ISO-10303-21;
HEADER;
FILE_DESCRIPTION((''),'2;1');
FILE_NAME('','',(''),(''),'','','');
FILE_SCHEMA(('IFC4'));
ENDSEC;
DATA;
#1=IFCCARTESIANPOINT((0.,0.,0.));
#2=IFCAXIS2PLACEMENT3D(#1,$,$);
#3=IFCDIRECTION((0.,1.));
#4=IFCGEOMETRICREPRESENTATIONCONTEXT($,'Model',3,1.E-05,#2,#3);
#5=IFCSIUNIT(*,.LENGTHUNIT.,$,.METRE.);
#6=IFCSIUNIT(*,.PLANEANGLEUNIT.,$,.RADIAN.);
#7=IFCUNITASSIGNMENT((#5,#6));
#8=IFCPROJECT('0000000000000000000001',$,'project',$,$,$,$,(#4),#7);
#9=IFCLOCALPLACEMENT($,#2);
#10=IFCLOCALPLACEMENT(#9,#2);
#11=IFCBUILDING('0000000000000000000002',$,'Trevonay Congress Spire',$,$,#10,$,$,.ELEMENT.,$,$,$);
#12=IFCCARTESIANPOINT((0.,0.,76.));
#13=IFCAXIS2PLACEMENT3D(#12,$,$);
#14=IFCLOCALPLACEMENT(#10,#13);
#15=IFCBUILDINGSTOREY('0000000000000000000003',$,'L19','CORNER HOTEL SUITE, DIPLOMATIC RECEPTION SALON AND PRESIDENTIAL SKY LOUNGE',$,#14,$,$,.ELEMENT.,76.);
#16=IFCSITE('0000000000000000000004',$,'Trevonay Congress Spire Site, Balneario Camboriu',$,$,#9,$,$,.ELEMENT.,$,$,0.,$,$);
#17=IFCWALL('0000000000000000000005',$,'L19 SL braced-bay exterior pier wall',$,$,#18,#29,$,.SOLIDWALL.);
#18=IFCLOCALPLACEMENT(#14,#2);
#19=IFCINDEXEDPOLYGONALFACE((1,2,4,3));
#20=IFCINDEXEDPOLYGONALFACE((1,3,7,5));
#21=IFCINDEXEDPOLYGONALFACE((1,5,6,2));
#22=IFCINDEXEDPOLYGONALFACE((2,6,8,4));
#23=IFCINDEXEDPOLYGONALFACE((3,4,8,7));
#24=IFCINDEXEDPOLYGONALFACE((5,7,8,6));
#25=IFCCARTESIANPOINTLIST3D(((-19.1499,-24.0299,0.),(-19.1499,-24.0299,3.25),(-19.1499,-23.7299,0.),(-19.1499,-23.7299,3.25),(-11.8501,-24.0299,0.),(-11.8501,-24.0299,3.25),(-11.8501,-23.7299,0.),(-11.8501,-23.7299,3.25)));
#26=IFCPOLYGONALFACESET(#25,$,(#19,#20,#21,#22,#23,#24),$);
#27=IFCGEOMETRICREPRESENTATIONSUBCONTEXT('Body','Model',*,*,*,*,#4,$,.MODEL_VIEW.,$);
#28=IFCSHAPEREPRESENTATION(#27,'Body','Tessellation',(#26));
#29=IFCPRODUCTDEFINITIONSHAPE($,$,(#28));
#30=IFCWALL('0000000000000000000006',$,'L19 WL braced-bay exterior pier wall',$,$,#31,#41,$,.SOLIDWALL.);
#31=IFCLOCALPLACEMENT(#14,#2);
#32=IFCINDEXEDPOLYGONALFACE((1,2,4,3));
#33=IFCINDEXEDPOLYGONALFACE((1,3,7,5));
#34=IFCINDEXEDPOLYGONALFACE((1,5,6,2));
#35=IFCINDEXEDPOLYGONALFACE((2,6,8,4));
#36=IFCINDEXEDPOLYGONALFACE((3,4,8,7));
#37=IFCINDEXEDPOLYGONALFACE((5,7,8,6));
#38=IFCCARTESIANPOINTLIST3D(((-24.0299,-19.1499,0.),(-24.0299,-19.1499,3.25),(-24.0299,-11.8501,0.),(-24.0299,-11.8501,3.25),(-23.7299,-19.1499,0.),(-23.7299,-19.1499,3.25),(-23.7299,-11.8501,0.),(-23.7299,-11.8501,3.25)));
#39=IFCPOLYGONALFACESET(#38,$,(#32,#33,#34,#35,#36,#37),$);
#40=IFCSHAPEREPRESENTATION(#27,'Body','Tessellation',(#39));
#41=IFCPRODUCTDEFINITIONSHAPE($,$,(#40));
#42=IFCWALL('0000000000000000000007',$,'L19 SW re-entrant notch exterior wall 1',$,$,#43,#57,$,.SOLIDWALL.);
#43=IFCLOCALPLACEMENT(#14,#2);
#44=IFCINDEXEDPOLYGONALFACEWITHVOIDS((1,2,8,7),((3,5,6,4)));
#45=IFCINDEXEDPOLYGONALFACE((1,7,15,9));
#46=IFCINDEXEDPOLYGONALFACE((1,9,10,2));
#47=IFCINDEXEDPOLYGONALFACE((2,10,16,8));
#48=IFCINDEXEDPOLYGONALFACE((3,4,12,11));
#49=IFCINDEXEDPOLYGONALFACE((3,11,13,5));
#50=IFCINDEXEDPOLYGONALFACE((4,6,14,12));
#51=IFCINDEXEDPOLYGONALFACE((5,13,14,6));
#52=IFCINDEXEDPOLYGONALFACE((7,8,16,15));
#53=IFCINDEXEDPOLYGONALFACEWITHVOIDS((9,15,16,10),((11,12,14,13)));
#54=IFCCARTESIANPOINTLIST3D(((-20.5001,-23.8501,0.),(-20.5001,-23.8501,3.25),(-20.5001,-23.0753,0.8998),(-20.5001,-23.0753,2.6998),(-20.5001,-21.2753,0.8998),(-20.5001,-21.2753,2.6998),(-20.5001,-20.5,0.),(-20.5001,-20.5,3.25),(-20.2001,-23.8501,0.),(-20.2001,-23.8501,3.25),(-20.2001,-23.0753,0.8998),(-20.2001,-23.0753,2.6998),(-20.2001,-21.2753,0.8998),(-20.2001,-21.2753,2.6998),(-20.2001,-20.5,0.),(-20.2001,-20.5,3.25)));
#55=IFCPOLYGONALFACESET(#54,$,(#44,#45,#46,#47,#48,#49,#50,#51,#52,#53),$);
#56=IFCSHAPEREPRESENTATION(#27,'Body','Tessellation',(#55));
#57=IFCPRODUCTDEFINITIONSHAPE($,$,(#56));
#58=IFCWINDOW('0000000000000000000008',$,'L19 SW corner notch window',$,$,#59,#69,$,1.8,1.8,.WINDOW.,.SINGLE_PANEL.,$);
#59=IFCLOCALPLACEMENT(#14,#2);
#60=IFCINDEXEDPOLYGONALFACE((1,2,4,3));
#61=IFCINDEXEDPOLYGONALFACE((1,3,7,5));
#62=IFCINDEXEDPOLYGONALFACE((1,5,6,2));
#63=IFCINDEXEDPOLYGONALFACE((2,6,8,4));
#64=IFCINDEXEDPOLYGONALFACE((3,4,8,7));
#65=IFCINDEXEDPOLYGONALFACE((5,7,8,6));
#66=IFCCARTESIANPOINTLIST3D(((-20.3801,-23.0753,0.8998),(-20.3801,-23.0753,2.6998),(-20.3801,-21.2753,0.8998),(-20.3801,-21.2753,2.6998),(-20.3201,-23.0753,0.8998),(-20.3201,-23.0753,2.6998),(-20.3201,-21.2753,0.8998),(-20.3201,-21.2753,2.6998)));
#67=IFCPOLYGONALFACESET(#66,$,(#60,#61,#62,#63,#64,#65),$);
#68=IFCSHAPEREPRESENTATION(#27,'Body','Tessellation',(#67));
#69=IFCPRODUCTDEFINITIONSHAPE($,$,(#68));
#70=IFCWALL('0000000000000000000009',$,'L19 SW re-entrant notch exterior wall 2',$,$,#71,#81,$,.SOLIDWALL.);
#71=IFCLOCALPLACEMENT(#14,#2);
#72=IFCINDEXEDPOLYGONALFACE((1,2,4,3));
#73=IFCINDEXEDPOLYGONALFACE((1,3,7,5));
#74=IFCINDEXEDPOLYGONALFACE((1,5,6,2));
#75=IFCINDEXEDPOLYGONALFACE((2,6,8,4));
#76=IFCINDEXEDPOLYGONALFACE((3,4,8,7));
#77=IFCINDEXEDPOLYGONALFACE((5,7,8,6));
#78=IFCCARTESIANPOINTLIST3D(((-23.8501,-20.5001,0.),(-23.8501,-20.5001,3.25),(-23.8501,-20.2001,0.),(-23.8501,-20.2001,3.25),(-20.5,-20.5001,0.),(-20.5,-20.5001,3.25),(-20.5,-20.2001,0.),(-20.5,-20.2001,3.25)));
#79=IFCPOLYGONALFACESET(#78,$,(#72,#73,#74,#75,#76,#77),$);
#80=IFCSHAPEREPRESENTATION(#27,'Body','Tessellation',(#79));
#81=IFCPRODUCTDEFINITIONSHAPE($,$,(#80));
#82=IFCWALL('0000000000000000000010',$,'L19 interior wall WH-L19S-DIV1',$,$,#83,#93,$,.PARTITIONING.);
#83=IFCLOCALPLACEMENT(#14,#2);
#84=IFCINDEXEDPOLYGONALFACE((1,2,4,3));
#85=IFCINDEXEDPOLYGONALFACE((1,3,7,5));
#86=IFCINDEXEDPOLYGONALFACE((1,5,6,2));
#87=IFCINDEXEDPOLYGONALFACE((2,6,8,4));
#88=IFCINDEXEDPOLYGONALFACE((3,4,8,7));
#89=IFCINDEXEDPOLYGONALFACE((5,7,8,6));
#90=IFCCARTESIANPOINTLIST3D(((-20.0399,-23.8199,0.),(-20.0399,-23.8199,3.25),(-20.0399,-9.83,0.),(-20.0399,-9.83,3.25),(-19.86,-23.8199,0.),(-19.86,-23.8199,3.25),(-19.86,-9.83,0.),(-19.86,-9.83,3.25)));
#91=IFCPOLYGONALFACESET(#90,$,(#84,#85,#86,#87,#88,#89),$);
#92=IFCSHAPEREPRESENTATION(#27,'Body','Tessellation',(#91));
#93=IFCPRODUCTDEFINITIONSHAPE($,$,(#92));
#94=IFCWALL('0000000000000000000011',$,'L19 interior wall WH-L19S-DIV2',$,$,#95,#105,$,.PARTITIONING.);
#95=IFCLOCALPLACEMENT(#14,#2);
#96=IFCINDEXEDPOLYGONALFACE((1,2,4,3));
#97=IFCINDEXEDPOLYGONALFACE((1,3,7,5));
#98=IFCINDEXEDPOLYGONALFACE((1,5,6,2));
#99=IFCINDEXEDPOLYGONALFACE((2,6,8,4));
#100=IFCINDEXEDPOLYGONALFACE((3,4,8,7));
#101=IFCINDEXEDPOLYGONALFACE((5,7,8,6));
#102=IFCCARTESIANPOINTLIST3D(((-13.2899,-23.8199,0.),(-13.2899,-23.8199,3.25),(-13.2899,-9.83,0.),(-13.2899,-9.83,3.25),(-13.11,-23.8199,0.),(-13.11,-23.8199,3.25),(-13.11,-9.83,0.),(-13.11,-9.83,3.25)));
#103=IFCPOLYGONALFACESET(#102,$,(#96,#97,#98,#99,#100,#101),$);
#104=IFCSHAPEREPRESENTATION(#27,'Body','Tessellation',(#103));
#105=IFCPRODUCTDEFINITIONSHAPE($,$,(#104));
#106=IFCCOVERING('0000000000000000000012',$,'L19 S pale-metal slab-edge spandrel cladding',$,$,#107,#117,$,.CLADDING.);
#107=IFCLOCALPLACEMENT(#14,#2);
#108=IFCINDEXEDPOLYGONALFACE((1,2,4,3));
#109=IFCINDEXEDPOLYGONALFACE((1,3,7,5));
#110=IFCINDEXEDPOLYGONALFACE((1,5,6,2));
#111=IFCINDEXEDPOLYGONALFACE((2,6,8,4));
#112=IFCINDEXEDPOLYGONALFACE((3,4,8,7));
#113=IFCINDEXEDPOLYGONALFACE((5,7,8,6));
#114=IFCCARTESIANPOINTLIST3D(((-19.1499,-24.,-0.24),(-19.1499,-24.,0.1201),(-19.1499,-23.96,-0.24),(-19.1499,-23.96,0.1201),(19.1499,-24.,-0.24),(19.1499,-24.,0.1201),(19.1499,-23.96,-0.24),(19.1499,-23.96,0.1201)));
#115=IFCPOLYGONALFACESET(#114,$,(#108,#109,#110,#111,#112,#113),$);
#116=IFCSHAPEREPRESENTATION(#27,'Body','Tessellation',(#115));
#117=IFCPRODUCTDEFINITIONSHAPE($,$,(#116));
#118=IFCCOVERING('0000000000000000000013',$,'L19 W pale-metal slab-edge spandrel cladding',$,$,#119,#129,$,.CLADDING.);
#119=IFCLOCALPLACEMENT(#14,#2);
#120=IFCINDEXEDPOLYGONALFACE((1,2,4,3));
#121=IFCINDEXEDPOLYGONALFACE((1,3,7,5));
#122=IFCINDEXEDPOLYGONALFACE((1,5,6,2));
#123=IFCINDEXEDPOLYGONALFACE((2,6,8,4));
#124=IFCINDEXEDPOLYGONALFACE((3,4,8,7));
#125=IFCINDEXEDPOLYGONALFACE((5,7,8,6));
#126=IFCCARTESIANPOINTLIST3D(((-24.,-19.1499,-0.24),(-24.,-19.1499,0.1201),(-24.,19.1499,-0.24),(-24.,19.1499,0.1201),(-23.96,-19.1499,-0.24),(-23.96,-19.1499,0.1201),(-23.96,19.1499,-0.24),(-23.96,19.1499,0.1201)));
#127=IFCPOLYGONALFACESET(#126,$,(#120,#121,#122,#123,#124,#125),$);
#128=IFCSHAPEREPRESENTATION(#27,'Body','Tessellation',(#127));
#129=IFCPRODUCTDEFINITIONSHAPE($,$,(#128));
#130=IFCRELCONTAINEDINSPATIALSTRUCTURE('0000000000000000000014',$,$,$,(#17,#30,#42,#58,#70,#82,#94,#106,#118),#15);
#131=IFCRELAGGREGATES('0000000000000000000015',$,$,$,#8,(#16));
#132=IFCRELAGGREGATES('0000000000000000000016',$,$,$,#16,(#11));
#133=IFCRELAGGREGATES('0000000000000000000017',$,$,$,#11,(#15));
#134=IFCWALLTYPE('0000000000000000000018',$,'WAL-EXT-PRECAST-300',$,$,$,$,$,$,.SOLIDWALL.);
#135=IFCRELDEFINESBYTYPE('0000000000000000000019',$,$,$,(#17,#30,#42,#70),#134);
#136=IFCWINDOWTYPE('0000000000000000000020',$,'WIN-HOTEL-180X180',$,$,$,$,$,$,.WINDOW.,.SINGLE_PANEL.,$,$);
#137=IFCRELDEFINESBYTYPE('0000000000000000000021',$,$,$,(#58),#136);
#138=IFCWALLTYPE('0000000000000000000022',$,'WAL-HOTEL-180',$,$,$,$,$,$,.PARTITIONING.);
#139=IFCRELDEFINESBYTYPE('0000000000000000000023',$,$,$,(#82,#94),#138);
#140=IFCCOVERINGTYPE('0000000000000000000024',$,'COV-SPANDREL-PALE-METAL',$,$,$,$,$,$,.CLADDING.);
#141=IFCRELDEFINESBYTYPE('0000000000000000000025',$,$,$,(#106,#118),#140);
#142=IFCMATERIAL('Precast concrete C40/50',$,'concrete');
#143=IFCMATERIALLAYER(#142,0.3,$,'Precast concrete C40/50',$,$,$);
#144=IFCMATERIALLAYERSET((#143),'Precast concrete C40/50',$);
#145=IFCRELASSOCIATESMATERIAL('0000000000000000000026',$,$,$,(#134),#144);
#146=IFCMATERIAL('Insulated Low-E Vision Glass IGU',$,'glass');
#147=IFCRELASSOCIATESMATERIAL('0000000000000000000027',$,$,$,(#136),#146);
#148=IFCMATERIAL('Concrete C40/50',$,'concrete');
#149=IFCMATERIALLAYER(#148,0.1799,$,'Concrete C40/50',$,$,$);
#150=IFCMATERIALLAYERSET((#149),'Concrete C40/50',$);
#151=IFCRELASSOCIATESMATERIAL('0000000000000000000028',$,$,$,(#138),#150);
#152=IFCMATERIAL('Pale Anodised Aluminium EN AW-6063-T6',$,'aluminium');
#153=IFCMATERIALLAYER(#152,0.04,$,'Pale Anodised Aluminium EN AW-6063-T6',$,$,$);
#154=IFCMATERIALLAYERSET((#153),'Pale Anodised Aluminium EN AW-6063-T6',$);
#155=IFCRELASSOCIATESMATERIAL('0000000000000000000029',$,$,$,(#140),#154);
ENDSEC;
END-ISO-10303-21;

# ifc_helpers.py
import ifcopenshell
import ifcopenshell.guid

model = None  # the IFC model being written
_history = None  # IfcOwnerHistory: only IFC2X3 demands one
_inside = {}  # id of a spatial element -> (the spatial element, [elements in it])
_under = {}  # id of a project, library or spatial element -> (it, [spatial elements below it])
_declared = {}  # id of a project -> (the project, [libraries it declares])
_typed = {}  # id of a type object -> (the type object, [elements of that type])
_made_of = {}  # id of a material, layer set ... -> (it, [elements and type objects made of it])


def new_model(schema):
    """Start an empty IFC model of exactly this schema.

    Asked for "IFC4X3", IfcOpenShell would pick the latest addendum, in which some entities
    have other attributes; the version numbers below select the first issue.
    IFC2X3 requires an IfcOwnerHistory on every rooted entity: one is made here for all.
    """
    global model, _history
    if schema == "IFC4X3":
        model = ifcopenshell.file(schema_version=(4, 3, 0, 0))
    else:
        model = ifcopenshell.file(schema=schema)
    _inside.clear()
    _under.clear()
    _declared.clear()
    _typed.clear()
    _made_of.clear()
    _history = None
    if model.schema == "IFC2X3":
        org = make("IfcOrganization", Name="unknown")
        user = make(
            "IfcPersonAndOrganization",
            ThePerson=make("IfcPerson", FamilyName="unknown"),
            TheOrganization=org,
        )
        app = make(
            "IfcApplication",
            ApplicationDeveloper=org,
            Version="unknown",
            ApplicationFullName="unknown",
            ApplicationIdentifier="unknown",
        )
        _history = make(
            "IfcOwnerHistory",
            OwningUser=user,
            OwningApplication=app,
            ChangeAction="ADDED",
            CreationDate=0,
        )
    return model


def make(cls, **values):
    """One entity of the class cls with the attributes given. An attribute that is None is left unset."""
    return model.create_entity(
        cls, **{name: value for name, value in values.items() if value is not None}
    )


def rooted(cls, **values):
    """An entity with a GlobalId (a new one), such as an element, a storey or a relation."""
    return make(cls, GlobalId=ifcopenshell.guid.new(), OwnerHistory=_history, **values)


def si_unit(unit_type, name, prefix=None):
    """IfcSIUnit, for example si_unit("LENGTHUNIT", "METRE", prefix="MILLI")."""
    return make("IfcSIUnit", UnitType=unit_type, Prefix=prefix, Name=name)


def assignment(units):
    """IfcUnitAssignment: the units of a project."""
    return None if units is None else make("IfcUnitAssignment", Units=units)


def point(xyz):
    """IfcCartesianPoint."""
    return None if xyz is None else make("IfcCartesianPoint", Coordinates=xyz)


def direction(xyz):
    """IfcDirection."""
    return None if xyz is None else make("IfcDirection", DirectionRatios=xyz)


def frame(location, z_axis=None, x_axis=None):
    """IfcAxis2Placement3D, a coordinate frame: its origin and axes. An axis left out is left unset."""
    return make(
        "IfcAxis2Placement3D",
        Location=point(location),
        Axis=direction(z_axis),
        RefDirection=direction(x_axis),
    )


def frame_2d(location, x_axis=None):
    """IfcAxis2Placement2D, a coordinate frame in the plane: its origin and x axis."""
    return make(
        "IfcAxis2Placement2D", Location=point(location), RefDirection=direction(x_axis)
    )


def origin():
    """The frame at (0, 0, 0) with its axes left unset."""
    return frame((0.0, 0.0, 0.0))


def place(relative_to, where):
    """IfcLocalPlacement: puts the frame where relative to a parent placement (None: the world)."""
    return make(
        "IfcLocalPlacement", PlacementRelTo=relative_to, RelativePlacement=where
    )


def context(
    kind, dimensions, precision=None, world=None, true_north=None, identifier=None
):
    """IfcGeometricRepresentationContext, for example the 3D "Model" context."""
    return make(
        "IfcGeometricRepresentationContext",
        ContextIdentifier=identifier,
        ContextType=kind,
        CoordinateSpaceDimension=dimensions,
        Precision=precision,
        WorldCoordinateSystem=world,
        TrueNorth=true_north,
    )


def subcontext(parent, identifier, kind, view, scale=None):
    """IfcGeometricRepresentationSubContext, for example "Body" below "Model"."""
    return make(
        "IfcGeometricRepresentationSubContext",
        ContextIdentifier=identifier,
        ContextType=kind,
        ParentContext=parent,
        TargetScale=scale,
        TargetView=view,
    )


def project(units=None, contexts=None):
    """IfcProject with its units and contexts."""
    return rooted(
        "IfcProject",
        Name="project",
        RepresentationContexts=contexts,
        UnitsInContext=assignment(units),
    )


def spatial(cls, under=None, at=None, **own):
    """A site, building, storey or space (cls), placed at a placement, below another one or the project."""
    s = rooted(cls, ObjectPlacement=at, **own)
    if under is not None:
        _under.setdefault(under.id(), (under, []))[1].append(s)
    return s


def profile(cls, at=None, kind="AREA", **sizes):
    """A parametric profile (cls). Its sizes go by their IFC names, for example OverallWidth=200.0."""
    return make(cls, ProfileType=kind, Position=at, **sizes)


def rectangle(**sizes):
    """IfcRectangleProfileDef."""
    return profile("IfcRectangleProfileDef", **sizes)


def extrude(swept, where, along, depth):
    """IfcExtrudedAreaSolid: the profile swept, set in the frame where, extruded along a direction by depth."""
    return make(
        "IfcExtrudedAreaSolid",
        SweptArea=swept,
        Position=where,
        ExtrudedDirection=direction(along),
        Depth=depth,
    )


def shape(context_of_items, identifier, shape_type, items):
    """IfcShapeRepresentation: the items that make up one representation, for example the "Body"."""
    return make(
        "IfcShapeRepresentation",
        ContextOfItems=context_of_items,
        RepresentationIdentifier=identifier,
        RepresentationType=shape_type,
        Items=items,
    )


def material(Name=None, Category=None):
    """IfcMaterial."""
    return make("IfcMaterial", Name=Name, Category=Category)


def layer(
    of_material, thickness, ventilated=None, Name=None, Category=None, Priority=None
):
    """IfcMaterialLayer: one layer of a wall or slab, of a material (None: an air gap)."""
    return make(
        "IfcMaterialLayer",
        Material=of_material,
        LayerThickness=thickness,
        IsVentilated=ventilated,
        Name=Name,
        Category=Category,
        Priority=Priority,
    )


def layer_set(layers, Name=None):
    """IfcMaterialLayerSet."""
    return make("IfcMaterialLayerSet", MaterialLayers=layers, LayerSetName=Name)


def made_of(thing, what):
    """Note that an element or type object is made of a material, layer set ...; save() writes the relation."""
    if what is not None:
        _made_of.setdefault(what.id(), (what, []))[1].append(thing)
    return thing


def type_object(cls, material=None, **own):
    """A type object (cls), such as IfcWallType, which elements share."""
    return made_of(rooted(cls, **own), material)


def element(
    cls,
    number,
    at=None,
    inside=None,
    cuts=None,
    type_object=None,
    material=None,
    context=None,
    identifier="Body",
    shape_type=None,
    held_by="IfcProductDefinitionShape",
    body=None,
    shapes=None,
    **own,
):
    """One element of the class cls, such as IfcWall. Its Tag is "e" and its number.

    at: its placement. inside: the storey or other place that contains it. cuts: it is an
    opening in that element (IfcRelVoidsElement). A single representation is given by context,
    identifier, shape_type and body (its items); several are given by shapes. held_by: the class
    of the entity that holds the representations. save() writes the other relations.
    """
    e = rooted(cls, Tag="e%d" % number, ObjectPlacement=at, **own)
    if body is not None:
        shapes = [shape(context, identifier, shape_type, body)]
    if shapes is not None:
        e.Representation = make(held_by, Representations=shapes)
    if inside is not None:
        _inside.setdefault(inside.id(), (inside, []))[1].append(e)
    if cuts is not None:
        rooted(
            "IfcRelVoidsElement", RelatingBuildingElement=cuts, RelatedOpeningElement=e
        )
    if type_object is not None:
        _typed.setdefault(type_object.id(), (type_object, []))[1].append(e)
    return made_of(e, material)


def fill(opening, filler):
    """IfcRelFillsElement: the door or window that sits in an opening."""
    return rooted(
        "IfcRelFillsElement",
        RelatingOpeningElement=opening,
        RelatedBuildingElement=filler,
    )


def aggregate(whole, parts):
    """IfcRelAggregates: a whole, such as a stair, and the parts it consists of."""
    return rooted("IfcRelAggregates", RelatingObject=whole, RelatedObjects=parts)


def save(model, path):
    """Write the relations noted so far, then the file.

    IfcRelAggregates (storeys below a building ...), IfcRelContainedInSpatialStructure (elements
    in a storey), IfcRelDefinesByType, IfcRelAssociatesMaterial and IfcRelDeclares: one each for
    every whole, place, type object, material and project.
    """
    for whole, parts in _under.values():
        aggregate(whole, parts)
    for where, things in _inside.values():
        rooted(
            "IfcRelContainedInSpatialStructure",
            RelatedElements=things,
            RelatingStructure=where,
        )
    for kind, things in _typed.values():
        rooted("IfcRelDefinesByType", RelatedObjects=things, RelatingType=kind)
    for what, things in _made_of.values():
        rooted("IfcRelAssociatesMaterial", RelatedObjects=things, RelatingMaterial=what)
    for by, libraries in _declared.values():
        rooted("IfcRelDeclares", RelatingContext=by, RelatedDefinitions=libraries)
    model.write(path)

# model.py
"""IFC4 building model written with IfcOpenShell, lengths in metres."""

from ifc_helpers import new_model, si_unit, direction, frame, frame_2d, origin, place, context, subcontext, project, spatial, rectangle, extrude, material, layer, layer_set, type_object, element, fill, save


model = new_model("IFC4")

# Units and contexts
model_context = context("Model", 3, precision=1e-05, world=origin(), true_north=direction((0.0, 1.0)))
body_context = subcontext(model_context, "Body", "Model", "MODEL_VIEW")
ifc_project = project(units=[si_unit("LENGTHUNIT", "METRE"), si_unit("PLANEANGLEUNIT", "RADIAN")], contexts=[model_context])

# Site, building, storey
site_placement = place(None, origin())
site = spatial("IfcSite", under=ifc_project, at=site_placement, Name="Trevonay Congress Spire Site, Balneario Camboriu", CompositionType="ELEMENT", RefElevation=0.0)
building_placement = place(site_placement, origin())
building = spatial("IfcBuilding", under=site, at=building_placement, Name="Trevonay Congress Spire", CompositionType="ELEMENT")
storey_placement = place(building_placement, frame((0.0, 0.0, 76.0)))
storey = spatial("IfcBuildingStorey", under=building, at=storey_placement, Name="L19", Description="CORNER HOTEL SUITE, DIPLOMATIC RECEPTION SALON AND PRESIDENTIAL SKY LOUNGE", CompositionType="ELEMENT", Elevation=76.0)

# Walls
ifc_material_1 = material(Name="Concrete C40/50", Category="concrete")
ifc_material_2 = material(Name="Precast concrete C40/50", Category="concrete")
ifc_layer_1 = layer(ifc_material_2, 0.3, Name="Precast concrete C40/50")
ifc_layer_set_1 = layer_set([ifc_layer_1], Name="Precast concrete C40/50")
wall_type_1 = type_object("IfcWallType", Name="WAL-EXT-PRECAST-300", PredefinedType="SOLIDWALL", material=ifc_layer_set_1)
for number, where, z_axis, x_axis, name in (
    (1, (-19.1499, -23.8799, 0.0), (0.0, 0.0, 1.0), (1.0, 0.0, 0.0), "L19 SL braced-bay exterior pier wall"),
    (2, (-23.8799, -19.1499, 0.0), (0.0, 0.0, 1.0), (0.0, 1.0, 0.0), "L19 WL braced-bay exterior pier wall"),
):
    element("IfcWall", number, at=place(storey_placement, frame(where, z_axis=z_axis, x_axis=x_axis)), inside=storey, type_object=wall_type_1, Name=name, PredefinedType="SOLIDWALL", context=body_context, shape_type="SweptSolid", body=[
        extrude(rectangle(XDim=7.2998, YDim=0.3, at=frame_2d((3.6499, 0.0))), origin(), (0.0, 0.0, 1.0), 3.25),
    ])

# Wall, opening, window
wall_1_placement = place(storey_placement, frame((-20.3501, -23.8501, 0.0), z_axis=(0.0, 0.0, 1.0), x_axis=(0.0, 1.0, 0.0)))
wall_1 = element("IfcWall", 3, at=wall_1_placement, inside=storey, type_object=wall_type_1, Name="L19 SW re-entrant notch exterior wall 1", PredefinedType="SOLIDWALL", context=body_context, shape_type="SweptSolid", body=[
    extrude(rectangle(XDim=3.3501, YDim=0.3, at=frame_2d((1.675, 0.0))), origin(), (0.0, 0.0, 1.0), 3.25),
])
opening_placement = place(wall_1_placement, frame((0.7749, 0.0, 0.8999)))
opening = element("IfcOpeningElement", 4, at=opening_placement, cuts=wall_1, PredefinedType="OPENING", context=body_context, shape_type="SweptSolid", body=[
    extrude(rectangle(XDim=1.8, YDim=1.8, at=frame_2d((0.8999, 0.8999))), frame((0.0, 0.1602, 0.0), z_axis=(0.0, -1.0, 0.0), x_axis=(1.0, 0.0, 0.0)), (0.0, 0.0, 1.0), 0.3201),
])
ifc_material_3 = material(Name="Insulated Low-E Vision Glass IGU", Category="glass")
window_type = type_object("IfcWindowType", Name="WIN-HOTEL-180X180", PartitioningType="SINGLE_PANEL", PredefinedType="WINDOW", material=ifc_material_3)
window_placement = place(opening_placement, origin())
window = element("IfcWindow", 5, at=window_placement, inside=storey, type_object=window_type, Name="L19 SW corner notch window", OverallHeight=1.8, OverallWidth=1.8, PartitioningType="SINGLE_PANEL", PredefinedType="WINDOW", context=body_context, shape_type="SweptSolid", body=[
    extrude(rectangle(XDim=1.8, YDim=1.8, at=frame_2d((0.8999, 0.8999))), frame((0.0, 0.03, 0.0), z_axis=(0.0, -1.0, 0.0), x_axis=(1.0, 0.0, 0.0)), (0.0, 0.0, 1.0), 0.0601),
])
fill(opening, window)

# Walls
wall_2_placement = place(storey_placement, frame((-23.8501, -20.3501, 0.0), z_axis=(0.0, 0.0, 1.0), x_axis=(1.0, 0.0, 0.0)))
element("IfcWall", 6, at=wall_2_placement, inside=storey, type_object=wall_type_1, Name="L19 SW re-entrant notch exterior wall 2", PredefinedType="SOLIDWALL", context=body_context, shape_type="SweptSolid", body=[
    extrude(rectangle(XDim=3.3501, YDim=0.3, at=frame_2d((1.675, 0.0))), origin(), (0.0, 0.0, 1.0), 3.25),
])
ifc_layer_2 = layer(ifc_material_1, 0.1799, Name="Concrete C40/50")
ifc_layer_set_2 = layer_set([ifc_layer_2], Name="Concrete C40/50")
wall_type_2 = type_object("IfcWallType", Name="WAL-HOTEL-180", PredefinedType="PARTITIONING", material=ifc_layer_set_2)
for number, where, z_axis, x_axis, name in (
    (7, (-19.95, -23.8201, 0.0), (0.0, 0.0, 1.0), (0.0, 1.0, 0.0), "L19 interior wall WH-L19S-DIV1"),
    (8, (-13.2, -23.8201, 0.0), (0.0, 0.0, 1.0), (0.0, 1.0, 0.0), "L19 interior wall WH-L19S-DIV2"),
):
    element("IfcWall", number, at=place(storey_placement, frame(where, z_axis=z_axis, x_axis=x_axis)), inside=storey, type_object=wall_type_2, Name=name, PredefinedType="PARTITIONING", context=body_context, shape_type="SweptSolid", body=[
        extrude(rectangle(XDim=13.99, YDim=0.1799, at=frame_2d((6.9951, 0.0))), origin(), (0.0, 0.0, 1.0), 3.25),
    ])

# Coverings
ifc_material_4 = material(Name="Pale Anodised Aluminium EN AW-6063-T6", Category="aluminium")
ifc_layer_3 = layer(ifc_material_4, 0.04, Name="Pale Anodised Aluminium EN AW-6063-T6")
ifc_layer_set_3 = layer_set([ifc_layer_3], Name="Pale Anodised Aluminium EN AW-6063-T6")
covering_type = type_object("IfcCoveringType", Name="COV-SPANDREL-PALE-METAL", PredefinedType="CLADDING", material=ifc_layer_set_3)
for number, where, z_axis, x_axis, name in (
    (9, (-19.1499, -23.98, -0.24), (0.0, 0.0, 1.0), (1.0, 0.0, 0.0), "L19 S pale-metal slab-edge spandrel cladding"),
    (10, (-23.98, -19.1499, -0.24), (0.0, 0.0, 1.0), (0.0, 1.0, 0.0), "L19 W pale-metal slab-edge spandrel cladding"),
):
    element("IfcCovering", number, at=place(storey_placement, frame(where, z_axis=z_axis, x_axis=x_axis)), inside=storey, type_object=covering_type, Name=name, PredefinedType="CLADDING", context=body_context, shape_type="SweptSolid", body=[
        extrude(rectangle(XDim=38.2998, YDim=0.04, at=frame_2d((19.1499, 0.0))), origin(), (0.0, 0.0, 1.0), 0.3601),
    ])

save(model, "model.ifc")
